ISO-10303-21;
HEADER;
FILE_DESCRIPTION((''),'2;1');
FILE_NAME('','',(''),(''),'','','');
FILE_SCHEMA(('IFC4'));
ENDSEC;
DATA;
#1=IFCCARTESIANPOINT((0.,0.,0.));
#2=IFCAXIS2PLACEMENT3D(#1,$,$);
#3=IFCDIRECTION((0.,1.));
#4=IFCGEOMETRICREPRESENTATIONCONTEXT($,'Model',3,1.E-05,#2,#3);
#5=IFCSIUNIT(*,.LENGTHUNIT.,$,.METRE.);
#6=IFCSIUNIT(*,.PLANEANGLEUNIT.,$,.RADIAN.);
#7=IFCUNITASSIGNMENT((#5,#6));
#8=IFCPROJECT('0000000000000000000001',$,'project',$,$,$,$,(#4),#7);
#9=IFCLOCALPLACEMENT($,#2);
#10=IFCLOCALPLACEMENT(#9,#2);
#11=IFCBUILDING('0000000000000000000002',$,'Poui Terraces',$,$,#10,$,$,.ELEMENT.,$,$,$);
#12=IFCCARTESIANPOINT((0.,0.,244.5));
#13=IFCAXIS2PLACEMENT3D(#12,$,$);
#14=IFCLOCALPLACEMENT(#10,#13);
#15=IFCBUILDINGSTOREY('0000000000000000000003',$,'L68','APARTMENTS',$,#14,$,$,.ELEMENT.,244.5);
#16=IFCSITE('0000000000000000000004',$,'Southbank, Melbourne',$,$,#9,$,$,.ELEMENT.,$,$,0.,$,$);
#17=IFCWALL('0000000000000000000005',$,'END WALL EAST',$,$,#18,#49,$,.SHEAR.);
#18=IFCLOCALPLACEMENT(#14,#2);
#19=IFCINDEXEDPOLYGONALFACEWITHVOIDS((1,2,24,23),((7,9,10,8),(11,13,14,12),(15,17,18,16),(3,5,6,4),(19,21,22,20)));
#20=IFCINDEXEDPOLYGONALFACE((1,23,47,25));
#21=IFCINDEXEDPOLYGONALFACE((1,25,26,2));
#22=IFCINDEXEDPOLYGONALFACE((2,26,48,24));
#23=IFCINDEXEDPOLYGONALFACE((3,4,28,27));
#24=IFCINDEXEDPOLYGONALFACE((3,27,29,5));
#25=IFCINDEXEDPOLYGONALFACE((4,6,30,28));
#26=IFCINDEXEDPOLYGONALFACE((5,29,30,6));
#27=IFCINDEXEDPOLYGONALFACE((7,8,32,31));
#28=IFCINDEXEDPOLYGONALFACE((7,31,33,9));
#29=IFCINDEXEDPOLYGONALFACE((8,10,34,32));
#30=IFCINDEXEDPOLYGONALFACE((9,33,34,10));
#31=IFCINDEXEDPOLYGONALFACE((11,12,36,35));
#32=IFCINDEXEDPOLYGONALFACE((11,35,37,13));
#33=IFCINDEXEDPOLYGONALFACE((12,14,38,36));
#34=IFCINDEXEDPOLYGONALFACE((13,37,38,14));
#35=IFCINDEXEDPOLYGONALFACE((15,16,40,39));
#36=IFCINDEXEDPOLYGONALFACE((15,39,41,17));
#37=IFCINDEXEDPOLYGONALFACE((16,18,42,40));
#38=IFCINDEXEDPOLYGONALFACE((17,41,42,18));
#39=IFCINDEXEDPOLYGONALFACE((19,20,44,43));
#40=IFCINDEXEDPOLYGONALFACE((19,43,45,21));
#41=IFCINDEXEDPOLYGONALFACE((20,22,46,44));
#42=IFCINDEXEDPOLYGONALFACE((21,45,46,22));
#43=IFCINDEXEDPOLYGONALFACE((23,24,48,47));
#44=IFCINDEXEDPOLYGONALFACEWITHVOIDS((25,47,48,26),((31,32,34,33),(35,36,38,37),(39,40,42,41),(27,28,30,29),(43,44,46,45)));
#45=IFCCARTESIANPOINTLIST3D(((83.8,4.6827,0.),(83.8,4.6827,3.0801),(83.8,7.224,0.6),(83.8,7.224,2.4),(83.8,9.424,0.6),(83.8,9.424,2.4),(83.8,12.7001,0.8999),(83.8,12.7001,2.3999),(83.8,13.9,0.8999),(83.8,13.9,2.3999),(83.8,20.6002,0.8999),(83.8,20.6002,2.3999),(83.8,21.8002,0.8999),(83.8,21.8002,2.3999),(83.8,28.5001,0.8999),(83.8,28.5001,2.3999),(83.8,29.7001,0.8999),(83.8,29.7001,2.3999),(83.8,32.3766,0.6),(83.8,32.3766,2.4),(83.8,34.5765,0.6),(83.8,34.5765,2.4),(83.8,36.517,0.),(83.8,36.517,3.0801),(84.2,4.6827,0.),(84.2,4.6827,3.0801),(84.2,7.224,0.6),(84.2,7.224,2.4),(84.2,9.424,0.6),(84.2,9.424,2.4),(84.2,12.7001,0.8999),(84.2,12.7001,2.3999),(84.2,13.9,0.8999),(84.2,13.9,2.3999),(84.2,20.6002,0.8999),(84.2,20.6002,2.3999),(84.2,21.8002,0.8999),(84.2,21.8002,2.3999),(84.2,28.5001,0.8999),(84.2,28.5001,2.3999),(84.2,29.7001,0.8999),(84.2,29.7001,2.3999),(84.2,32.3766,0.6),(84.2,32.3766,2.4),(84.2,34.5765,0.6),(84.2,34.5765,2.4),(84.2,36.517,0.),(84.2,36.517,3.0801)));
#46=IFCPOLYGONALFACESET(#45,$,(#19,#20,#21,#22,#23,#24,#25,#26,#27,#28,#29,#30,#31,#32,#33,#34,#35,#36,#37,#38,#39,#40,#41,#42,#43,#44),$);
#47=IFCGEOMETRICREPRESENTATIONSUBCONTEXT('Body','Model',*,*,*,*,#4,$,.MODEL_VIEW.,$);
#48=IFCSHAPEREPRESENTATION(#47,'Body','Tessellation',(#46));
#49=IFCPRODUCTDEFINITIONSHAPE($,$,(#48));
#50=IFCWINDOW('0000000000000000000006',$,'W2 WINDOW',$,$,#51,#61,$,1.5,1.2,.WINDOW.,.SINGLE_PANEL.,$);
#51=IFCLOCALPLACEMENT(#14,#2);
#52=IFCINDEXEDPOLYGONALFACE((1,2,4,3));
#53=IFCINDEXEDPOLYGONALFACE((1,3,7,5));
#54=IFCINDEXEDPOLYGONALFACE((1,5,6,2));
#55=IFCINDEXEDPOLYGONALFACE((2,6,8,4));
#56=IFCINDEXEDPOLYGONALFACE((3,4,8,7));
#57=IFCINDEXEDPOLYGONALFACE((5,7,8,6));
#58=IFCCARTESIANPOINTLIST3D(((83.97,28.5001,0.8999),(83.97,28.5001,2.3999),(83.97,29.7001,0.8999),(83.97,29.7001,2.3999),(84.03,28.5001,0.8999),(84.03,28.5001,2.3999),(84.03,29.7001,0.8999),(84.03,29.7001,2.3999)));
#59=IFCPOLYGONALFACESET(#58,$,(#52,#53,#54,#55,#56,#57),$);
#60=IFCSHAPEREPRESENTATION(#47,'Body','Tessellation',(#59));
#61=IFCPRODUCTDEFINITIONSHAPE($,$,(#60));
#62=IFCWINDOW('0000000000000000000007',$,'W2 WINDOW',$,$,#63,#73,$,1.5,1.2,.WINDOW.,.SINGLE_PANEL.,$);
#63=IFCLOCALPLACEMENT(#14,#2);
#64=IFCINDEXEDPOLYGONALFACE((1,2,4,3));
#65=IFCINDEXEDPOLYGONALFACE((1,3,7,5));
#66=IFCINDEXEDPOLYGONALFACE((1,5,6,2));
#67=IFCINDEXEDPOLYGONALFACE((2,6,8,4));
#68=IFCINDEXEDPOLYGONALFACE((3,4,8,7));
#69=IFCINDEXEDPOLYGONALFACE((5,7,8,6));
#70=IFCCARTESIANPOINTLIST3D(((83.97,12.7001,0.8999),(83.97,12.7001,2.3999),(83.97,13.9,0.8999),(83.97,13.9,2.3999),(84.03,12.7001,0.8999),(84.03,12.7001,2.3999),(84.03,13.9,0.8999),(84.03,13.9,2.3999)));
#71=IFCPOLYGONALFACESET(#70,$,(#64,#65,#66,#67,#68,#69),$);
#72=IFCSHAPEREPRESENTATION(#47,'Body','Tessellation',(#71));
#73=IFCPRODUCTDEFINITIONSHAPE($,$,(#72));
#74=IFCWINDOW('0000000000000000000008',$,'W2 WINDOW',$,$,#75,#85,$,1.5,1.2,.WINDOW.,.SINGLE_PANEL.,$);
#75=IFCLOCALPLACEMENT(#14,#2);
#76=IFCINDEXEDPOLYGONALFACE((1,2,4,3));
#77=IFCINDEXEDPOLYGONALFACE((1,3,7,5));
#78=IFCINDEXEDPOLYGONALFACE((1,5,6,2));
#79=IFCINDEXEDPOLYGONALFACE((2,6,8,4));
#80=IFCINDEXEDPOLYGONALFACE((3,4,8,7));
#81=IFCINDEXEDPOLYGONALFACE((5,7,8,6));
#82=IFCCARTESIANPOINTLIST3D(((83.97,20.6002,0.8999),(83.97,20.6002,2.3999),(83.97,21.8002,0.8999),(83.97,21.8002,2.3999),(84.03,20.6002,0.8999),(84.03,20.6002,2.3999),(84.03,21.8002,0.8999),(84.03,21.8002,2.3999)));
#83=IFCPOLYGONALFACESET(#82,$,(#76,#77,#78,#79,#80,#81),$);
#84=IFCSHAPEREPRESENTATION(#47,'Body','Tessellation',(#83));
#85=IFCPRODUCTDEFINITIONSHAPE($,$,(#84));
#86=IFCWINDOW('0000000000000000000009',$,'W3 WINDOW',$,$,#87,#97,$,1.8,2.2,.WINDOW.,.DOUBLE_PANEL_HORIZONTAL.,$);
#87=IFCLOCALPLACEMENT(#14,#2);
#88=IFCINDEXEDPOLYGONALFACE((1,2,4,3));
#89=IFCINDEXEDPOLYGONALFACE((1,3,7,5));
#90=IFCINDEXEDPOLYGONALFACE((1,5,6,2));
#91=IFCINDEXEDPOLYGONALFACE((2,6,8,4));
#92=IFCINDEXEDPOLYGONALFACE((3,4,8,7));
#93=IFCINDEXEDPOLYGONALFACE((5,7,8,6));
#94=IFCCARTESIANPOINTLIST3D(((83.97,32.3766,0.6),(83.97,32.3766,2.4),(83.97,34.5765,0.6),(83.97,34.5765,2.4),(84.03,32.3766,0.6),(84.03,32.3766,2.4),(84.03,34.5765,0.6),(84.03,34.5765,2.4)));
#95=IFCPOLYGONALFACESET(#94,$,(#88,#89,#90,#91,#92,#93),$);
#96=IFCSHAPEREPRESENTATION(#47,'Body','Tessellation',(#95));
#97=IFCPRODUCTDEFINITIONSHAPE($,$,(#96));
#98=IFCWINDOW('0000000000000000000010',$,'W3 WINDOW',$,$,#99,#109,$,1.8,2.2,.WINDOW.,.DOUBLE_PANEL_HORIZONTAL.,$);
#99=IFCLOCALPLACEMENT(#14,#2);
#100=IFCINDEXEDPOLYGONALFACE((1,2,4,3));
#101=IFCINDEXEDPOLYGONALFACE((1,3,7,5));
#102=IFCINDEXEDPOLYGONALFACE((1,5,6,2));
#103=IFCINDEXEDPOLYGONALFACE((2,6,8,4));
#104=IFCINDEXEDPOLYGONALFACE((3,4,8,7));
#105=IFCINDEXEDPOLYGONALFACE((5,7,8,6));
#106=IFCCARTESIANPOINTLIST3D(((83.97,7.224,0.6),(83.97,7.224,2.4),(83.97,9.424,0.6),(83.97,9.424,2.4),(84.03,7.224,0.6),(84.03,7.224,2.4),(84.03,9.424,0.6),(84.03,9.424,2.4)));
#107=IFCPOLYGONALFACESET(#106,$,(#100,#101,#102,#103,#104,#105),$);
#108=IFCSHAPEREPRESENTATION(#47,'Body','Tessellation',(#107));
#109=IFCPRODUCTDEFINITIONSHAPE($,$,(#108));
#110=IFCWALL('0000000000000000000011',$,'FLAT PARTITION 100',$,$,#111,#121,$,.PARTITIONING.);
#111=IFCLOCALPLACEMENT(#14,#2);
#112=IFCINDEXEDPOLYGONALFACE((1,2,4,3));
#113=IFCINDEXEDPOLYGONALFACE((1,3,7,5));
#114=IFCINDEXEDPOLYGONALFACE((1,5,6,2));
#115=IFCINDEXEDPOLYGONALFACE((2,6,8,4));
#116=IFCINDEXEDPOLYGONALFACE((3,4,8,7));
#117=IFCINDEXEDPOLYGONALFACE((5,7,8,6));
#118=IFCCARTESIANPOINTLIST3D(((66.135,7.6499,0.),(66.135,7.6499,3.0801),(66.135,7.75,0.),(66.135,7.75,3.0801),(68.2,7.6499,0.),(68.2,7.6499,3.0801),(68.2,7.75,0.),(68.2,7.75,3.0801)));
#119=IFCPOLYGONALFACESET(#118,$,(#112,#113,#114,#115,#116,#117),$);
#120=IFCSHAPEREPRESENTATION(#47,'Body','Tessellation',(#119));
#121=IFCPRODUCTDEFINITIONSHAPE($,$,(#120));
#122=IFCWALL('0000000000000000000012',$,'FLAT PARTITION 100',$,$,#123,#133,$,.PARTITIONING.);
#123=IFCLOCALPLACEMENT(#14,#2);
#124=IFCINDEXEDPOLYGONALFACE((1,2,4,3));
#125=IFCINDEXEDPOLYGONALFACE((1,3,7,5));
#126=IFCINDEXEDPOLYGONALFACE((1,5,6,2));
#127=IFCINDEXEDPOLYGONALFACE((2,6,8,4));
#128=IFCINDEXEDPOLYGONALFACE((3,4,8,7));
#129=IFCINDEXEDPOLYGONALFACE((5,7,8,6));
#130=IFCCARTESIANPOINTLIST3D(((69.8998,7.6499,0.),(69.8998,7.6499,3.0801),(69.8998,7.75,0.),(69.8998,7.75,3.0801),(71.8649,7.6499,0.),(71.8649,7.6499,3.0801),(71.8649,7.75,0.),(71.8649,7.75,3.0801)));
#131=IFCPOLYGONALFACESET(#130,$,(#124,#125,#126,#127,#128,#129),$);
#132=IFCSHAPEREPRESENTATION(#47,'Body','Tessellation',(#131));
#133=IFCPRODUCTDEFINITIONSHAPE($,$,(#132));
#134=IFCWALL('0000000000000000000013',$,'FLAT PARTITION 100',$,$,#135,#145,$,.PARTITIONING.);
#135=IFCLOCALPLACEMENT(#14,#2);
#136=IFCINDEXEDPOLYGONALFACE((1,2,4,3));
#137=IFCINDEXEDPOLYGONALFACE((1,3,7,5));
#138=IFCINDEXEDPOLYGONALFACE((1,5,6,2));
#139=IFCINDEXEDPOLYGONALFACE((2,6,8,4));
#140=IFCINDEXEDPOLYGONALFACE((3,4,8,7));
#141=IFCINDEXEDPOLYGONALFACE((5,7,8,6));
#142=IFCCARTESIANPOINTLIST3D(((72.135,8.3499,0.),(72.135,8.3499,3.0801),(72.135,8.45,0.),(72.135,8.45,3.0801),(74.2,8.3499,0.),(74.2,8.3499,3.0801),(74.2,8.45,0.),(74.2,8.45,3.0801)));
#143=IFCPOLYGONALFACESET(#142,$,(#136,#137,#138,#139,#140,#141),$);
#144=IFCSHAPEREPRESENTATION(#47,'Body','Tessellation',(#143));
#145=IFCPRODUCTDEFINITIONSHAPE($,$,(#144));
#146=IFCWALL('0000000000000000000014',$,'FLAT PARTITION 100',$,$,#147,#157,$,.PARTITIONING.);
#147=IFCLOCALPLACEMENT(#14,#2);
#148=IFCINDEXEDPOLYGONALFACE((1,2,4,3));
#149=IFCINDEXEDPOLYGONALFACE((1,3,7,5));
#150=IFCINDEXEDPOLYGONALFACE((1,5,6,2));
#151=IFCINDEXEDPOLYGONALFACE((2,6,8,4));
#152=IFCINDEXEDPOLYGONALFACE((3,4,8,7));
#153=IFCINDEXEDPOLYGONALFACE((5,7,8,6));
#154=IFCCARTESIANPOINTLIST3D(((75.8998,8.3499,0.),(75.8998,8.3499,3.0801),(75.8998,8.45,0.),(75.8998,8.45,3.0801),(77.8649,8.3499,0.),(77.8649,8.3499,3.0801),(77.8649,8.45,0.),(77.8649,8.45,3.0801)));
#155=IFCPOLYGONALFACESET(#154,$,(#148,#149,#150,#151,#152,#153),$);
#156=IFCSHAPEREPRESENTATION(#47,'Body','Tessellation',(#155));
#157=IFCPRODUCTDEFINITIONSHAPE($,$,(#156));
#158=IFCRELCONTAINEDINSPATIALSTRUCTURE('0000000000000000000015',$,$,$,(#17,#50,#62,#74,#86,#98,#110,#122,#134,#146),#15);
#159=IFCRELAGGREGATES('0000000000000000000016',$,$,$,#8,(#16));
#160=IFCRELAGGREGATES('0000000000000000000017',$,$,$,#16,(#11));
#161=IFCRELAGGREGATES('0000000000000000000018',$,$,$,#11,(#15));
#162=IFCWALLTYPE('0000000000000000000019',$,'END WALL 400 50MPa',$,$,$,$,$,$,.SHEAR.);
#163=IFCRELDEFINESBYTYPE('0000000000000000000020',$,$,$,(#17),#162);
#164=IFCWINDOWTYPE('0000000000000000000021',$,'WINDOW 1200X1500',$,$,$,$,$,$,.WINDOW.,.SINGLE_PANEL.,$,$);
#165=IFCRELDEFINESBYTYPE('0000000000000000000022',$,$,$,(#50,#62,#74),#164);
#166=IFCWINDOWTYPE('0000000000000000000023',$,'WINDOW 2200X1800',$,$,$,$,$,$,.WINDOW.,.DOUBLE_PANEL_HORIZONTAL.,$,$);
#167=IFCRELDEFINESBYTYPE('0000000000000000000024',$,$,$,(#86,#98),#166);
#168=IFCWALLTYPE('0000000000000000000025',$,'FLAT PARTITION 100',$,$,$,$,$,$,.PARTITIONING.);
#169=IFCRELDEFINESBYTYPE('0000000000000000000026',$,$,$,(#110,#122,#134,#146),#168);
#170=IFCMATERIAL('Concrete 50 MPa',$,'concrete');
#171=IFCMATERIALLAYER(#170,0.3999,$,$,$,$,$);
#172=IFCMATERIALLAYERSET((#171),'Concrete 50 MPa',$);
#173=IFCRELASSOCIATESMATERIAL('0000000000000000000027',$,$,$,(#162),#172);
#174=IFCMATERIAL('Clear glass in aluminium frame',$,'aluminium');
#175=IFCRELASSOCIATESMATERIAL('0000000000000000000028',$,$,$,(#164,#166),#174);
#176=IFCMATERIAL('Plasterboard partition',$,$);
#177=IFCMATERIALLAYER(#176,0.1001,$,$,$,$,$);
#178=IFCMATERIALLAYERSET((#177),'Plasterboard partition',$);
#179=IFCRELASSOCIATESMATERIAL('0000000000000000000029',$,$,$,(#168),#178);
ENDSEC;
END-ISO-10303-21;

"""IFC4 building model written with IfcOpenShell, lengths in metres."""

from ifc_helpers import new_model, si_unit, direction, frame, frame_2d, origin, place, context, subcontext, project, spatial, rectangle, extrude, material, layer, layer_set, type_object, element, fill, save


model = new_model("IFC4")

# Units and contexts
model_context = context("Model", 3, precision=1e-05, world=origin(), true_north=direction((0.0, 1.0)))
body_context = subcontext(model_context, "Body", "Model", "MODEL_VIEW")
ifc_project = project(units=[si_unit("LENGTHUNIT", "METRE"), si_unit("PLANEANGLEUNIT", "RADIAN")], contexts=[model_context])

# Site, building, storey
site_placement = place(None, origin())
site = spatial("IfcSite", under=ifc_project, at=site_placement, Name="Southbank, Melbourne", CompositionType="ELEMENT", RefElevation=0.0)
building_placement = place(site_placement, origin())
building = spatial("IfcBuilding", under=site, at=building_placement, Name="Poui Terraces", CompositionType="ELEMENT")
storey_placement = place(building_placement, frame((0.0, 0.0, 244.5)))
storey = spatial("IfcBuildingStorey", under=building, at=storey_placement, Name="L68", Description="APARTMENTS", CompositionType="ELEMENT", Elevation=244.5)

# Shared definitions
ifc_material_1 = material(Name="Concrete 50 MPa", Category="concrete")

# Wall, openings, windows
ifc_layer_1 = layer(ifc_material_1, 0.3999)
ifc_layer_set_1 = layer_set([ifc_layer_1], Name="Concrete 50 MPa")
wall_type_1 = type_object("IfcWallType", Name="END WALL 400 50MPa", PredefinedType="SHEAR", material=ifc_layer_set_1)
wall_1_placement = place(storey_placement, frame((84.0, 4.6829, 0.0), z_axis=(0.0, 0.0, 1.0), x_axis=(0.0, 1.0, 0.0)))
wall_1 = element("IfcWall", 1, at=wall_1_placement, inside=storey, type_object=wall_type_1, Name="END WALL EAST", PredefinedType="SHEAR", context=body_context, shape_type="SweptSolid", body=[
    extrude(rectangle(XDim=31.8342, YDim=0.3999, at=frame_2d((15.917, 0.0))), origin(), (0.0, 0.0, 1.0), 3.0801),
])
opening_1_placement = place(wall_1_placement, frame((23.8171, 0.0, 0.8999)))
opening_1 = element("IfcOpeningElement", 2, at=opening_1_placement, cuts=wall_1, PredefinedType="OPENING", context=body_context, shape_type="SweptSolid", body=[
    extrude(rectangle(XDim=1.2, YDim=1.5, at=frame_2d((0.6001, 0.75))), frame((0.0, 0.21, 0.0), z_axis=(0.0, -1.0, 0.0), x_axis=(1.0, 0.0, 0.0)), (0.0, 0.0, 1.0), 0.4199),
])
opening_2_placement = place(wall_1_placement, frame((8.0171, 0.0, 0.8999)))
opening_2 = element("IfcOpeningElement", 3, at=opening_2_placement, cuts=wall_1, PredefinedType="OPENING", context=body_context, shape_type="SweptSolid", body=[
    extrude(rectangle(XDim=1.2, YDim=1.5, at=frame_2d((0.6001, 0.75))), frame((0.0, 0.21, 0.0), z_axis=(0.0, -1.0, 0.0), x_axis=(1.0, 0.0, 0.0)), (0.0, 0.0, 1.0), 0.4199),
])
opening_3_placement = place(wall_1_placement, frame((27.6936, 0.0, 0.6001)))
opening_3 = element("IfcOpeningElement", 4, at=opening_3_placement, cuts=wall_1, PredefinedType="OPENING", context=body_context, shape_type="SweptSolid", body=[
    extrude(rectangle(XDim=2.2, YDim=1.8, at=frame_2d((1.1001, 0.8999))), frame((0.0, 0.21, 0.0), z_axis=(0.0, -1.0, 0.0), x_axis=(1.0, 0.0, 0.0)), (0.0, 0.0, 1.0), 0.4199),
])
opening_4_placement = place(wall_1_placement, frame((2.541, 0.0, 0.6001)))
opening_4 = element("IfcOpeningElement", 5, at=opening_4_placement, cuts=wall_1, PredefinedType="OPENING", context=body_context, shape_type="SweptSolid", body=[
    extrude(rectangle(XDim=2.2, YDim=1.8, at=frame_2d((1.1001, 0.8999))), frame((0.0, 0.21, 0.0), z_axis=(0.0, -1.0, 0.0), x_axis=(1.0, 0.0, 0.0)), (0.0, 0.0, 1.0), 0.4199),
])
opening_5_placement = place(wall_1_placement, frame((15.9172, 0.0, 0.8999)))
opening_5 = element("IfcOpeningElement", 6, at=opening_5_placement, cuts=wall_1, PredefinedType="OPENING", context=body_context, shape_type="SweptSolid", body=[
    extrude(rectangle(XDim=1.2, YDim=1.5, at=frame_2d((0.6001, 0.75))), frame((0.0, 0.21, 0.0), z_axis=(0.0, -1.0, 0.0), x_axis=(1.0, 0.0, 0.0)), (0.0, 0.0, 1.0), 0.4199),
])
ifc_material_2 = material(Name="Clear glass in aluminium frame", Category="aluminium")
window_type_1 = type_object("IfcWindowType", Name="WINDOW 1200X1500", PartitioningType="SINGLE_PANEL", PredefinedType="WINDOW", material=ifc_material_2)
window_1_placement = place(opening_1_placement, origin())
window_1 = element("IfcWindow", 7, at=window_1_placement, inside=storey, type_object=window_type_1, Name="W2 WINDOW", OverallHeight=1.5, OverallWidth=1.2, PartitioningType="SINGLE_PANEL", PredefinedType="WINDOW", context=body_context, shape_type="SweptSolid", body=[
    extrude(rectangle(XDim=1.2, YDim=1.5, at=frame_2d((0.6001, 0.75))), frame((0.0, 0.03, 0.0), z_axis=(0.0, -1.0, 0.0), x_axis=(1.0, 0.0, 0.0)), (0.0, 0.0, 1.0), 0.0601),
])
fill(opening_1, window_1)
window_2_placement = place(opening_2_placement, origin())
window_2 = element("IfcWindow", 8, at=window_2_placement, inside=storey, type_object=window_type_1, Name="W2 WINDOW", OverallHeight=1.5, OverallWidth=1.2, PartitioningType="SINGLE_PANEL", PredefinedType="WINDOW", context=body_context, shape_type="SweptSolid", body=[
    extrude(rectangle(XDim=1.2, YDim=1.5, at=frame_2d((0.6001, 0.75))), frame((0.0, 0.03, 0.0), z_axis=(0.0, -1.0, 0.0), x_axis=(1.0, 0.0, 0.0)), (0.0, 0.0, 1.0), 0.0601),
])
fill(opening_2, window_2)
window_3_placement = place(opening_5_placement, origin())
window_3 = element("IfcWindow", 9, at=window_3_placement, inside=storey, type_object=window_type_1, Name="W2 WINDOW", OverallHeight=1.5, OverallWidth=1.2, PartitioningType="SINGLE_PANEL", PredefinedType="WINDOW", context=body_context, shape_type="SweptSolid", body=[
    extrude(rectangle(XDim=1.2, YDim=1.5, at=frame_2d((0.6001, 0.75))), frame((0.0, 0.03, 0.0), z_axis=(0.0, -1.0, 0.0), x_axis=(1.0, 0.0, 0.0)), (0.0, 0.0, 1.0), 0.0601),
])
fill(opening_5, window_3)
window_type_2 = type_object("IfcWindowType", Name="WINDOW 2200X1800", PartitioningType="DOUBLE_PANEL_HORIZONTAL", PredefinedType="WINDOW", material=ifc_material_2)
window_4_placement = place(opening_3_placement, origin())
window_4 = element("IfcWindow", 10, at=window_4_placement, inside=storey, type_object=window_type_2, Name="W3 WINDOW", OverallHeight=1.8, OverallWidth=2.2, PartitioningType="DOUBLE_PANEL_HORIZONTAL", PredefinedType="WINDOW", context=body_context, shape_type="SweptSolid", body=[
    extrude(rectangle(XDim=2.2, YDim=1.8, at=frame_2d((1.1001, 0.8999))), frame((0.0, 0.03, 0.0), z_axis=(0.0, -1.0, 0.0), x_axis=(1.0, 0.0, 0.0)), (0.0, 0.0, 1.0), 0.0601),
])
fill(opening_3, window_4)
window_5_placement = place(opening_4_placement, origin())
window_5 = element("IfcWindow", 11, at=window_5_placement, inside=storey, type_object=window_type_2, Name="W3 WINDOW", OverallHeight=1.8, OverallWidth=2.2, PartitioningType="DOUBLE_PANEL_HORIZONTAL", PredefinedType="WINDOW", context=body_context, shape_type="SweptSolid", body=[
    extrude(rectangle(XDim=2.2, YDim=1.8, at=frame_2d((1.1001, 0.8999))), frame((0.0, 0.03, 0.0), z_axis=(0.0, -1.0, 0.0), x_axis=(1.0, 0.0, 0.0)), (0.0, 0.0, 1.0), 0.0601),
])
fill(opening_4, window_5)

# Walls
ifc_material_3 = material(Name="Plasterboard partition")
ifc_layer_2 = layer(ifc_material_3, 0.1001)
ifc_layer_set_2 = layer_set([ifc_layer_2], Name="Plasterboard partition")
wall_type_2 = type_object("IfcWallType", Name="FLAT PARTITION 100", PredefinedType="PARTITIONING", material=ifc_layer_set_2)
wall_2_placement = place(storey_placement, frame((66.135, 7.7, 0.0), z_axis=(0.0, 0.0, 1.0), x_axis=(1.0, 0.0, 0.0)))
element("IfcWall", 12, at=wall_2_placement, inside=storey, type_object=wall_type_2, Name="FLAT PARTITION 100", PredefinedType="PARTITIONING", context=body_context, shape_type="SweptSolid", body=[
    extrude(rectangle(XDim=2.0649, YDim=0.1001, at=frame_2d((1.0325, 0.0))), origin(), (0.0, 0.0, 1.0), 3.0801),
])
wall_3_placement = place(storey_placement, frame((69.8999, 7.7, 0.0), z_axis=(0.0, 0.0, 1.0), x_axis=(1.0, 0.0, 0.0)))
element("IfcWall", 13, at=wall_3_placement, inside=storey, type_object=wall_type_2, Name="FLAT PARTITION 100", PredefinedType="PARTITIONING", context=body_context, shape_type="SweptSolid", body=[
    extrude(rectangle(XDim=1.9651, YDim=0.1001, at=frame_2d((0.9824, 0.0))), origin(), (0.0, 0.0, 1.0), 3.0801),
])
wall_4_placement = place(storey_placement, frame((72.135, 8.3999, 0.0), z_axis=(0.0, 0.0, 1.0), x_axis=(1.0, 0.0, 0.0)))
element("IfcWall", 14, at=wall_4_placement, inside=storey, type_object=wall_type_2, Name="FLAT PARTITION 100", PredefinedType="PARTITIONING", context=body_context, shape_type="SweptSolid", body=[
    extrude(rectangle(XDim=2.0649, YDim=0.1001, at=frame_2d((1.0325, 0.0))), origin(), (0.0, 0.0, 1.0), 3.0801),
])
wall_5_placement = place(storey_placement, frame((75.8999, 8.3999, 0.0), z_axis=(0.0, 0.0, 1.0), x_axis=(1.0, 0.0, 0.0)))
element("IfcWall", 15, at=wall_5_placement, inside=storey, type_object=wall_type_2, Name="FLAT PARTITION 100", PredefinedType="PARTITIONING", context=body_context, shape_type="SweptSolid", body=[
    extrude(rectangle(XDim=1.9651, YDim=0.1001, at=frame_2d((0.9824, 0.0))), origin(), (0.0, 0.0, 1.0), 3.0801),
])

save(model, "model.ifc")
